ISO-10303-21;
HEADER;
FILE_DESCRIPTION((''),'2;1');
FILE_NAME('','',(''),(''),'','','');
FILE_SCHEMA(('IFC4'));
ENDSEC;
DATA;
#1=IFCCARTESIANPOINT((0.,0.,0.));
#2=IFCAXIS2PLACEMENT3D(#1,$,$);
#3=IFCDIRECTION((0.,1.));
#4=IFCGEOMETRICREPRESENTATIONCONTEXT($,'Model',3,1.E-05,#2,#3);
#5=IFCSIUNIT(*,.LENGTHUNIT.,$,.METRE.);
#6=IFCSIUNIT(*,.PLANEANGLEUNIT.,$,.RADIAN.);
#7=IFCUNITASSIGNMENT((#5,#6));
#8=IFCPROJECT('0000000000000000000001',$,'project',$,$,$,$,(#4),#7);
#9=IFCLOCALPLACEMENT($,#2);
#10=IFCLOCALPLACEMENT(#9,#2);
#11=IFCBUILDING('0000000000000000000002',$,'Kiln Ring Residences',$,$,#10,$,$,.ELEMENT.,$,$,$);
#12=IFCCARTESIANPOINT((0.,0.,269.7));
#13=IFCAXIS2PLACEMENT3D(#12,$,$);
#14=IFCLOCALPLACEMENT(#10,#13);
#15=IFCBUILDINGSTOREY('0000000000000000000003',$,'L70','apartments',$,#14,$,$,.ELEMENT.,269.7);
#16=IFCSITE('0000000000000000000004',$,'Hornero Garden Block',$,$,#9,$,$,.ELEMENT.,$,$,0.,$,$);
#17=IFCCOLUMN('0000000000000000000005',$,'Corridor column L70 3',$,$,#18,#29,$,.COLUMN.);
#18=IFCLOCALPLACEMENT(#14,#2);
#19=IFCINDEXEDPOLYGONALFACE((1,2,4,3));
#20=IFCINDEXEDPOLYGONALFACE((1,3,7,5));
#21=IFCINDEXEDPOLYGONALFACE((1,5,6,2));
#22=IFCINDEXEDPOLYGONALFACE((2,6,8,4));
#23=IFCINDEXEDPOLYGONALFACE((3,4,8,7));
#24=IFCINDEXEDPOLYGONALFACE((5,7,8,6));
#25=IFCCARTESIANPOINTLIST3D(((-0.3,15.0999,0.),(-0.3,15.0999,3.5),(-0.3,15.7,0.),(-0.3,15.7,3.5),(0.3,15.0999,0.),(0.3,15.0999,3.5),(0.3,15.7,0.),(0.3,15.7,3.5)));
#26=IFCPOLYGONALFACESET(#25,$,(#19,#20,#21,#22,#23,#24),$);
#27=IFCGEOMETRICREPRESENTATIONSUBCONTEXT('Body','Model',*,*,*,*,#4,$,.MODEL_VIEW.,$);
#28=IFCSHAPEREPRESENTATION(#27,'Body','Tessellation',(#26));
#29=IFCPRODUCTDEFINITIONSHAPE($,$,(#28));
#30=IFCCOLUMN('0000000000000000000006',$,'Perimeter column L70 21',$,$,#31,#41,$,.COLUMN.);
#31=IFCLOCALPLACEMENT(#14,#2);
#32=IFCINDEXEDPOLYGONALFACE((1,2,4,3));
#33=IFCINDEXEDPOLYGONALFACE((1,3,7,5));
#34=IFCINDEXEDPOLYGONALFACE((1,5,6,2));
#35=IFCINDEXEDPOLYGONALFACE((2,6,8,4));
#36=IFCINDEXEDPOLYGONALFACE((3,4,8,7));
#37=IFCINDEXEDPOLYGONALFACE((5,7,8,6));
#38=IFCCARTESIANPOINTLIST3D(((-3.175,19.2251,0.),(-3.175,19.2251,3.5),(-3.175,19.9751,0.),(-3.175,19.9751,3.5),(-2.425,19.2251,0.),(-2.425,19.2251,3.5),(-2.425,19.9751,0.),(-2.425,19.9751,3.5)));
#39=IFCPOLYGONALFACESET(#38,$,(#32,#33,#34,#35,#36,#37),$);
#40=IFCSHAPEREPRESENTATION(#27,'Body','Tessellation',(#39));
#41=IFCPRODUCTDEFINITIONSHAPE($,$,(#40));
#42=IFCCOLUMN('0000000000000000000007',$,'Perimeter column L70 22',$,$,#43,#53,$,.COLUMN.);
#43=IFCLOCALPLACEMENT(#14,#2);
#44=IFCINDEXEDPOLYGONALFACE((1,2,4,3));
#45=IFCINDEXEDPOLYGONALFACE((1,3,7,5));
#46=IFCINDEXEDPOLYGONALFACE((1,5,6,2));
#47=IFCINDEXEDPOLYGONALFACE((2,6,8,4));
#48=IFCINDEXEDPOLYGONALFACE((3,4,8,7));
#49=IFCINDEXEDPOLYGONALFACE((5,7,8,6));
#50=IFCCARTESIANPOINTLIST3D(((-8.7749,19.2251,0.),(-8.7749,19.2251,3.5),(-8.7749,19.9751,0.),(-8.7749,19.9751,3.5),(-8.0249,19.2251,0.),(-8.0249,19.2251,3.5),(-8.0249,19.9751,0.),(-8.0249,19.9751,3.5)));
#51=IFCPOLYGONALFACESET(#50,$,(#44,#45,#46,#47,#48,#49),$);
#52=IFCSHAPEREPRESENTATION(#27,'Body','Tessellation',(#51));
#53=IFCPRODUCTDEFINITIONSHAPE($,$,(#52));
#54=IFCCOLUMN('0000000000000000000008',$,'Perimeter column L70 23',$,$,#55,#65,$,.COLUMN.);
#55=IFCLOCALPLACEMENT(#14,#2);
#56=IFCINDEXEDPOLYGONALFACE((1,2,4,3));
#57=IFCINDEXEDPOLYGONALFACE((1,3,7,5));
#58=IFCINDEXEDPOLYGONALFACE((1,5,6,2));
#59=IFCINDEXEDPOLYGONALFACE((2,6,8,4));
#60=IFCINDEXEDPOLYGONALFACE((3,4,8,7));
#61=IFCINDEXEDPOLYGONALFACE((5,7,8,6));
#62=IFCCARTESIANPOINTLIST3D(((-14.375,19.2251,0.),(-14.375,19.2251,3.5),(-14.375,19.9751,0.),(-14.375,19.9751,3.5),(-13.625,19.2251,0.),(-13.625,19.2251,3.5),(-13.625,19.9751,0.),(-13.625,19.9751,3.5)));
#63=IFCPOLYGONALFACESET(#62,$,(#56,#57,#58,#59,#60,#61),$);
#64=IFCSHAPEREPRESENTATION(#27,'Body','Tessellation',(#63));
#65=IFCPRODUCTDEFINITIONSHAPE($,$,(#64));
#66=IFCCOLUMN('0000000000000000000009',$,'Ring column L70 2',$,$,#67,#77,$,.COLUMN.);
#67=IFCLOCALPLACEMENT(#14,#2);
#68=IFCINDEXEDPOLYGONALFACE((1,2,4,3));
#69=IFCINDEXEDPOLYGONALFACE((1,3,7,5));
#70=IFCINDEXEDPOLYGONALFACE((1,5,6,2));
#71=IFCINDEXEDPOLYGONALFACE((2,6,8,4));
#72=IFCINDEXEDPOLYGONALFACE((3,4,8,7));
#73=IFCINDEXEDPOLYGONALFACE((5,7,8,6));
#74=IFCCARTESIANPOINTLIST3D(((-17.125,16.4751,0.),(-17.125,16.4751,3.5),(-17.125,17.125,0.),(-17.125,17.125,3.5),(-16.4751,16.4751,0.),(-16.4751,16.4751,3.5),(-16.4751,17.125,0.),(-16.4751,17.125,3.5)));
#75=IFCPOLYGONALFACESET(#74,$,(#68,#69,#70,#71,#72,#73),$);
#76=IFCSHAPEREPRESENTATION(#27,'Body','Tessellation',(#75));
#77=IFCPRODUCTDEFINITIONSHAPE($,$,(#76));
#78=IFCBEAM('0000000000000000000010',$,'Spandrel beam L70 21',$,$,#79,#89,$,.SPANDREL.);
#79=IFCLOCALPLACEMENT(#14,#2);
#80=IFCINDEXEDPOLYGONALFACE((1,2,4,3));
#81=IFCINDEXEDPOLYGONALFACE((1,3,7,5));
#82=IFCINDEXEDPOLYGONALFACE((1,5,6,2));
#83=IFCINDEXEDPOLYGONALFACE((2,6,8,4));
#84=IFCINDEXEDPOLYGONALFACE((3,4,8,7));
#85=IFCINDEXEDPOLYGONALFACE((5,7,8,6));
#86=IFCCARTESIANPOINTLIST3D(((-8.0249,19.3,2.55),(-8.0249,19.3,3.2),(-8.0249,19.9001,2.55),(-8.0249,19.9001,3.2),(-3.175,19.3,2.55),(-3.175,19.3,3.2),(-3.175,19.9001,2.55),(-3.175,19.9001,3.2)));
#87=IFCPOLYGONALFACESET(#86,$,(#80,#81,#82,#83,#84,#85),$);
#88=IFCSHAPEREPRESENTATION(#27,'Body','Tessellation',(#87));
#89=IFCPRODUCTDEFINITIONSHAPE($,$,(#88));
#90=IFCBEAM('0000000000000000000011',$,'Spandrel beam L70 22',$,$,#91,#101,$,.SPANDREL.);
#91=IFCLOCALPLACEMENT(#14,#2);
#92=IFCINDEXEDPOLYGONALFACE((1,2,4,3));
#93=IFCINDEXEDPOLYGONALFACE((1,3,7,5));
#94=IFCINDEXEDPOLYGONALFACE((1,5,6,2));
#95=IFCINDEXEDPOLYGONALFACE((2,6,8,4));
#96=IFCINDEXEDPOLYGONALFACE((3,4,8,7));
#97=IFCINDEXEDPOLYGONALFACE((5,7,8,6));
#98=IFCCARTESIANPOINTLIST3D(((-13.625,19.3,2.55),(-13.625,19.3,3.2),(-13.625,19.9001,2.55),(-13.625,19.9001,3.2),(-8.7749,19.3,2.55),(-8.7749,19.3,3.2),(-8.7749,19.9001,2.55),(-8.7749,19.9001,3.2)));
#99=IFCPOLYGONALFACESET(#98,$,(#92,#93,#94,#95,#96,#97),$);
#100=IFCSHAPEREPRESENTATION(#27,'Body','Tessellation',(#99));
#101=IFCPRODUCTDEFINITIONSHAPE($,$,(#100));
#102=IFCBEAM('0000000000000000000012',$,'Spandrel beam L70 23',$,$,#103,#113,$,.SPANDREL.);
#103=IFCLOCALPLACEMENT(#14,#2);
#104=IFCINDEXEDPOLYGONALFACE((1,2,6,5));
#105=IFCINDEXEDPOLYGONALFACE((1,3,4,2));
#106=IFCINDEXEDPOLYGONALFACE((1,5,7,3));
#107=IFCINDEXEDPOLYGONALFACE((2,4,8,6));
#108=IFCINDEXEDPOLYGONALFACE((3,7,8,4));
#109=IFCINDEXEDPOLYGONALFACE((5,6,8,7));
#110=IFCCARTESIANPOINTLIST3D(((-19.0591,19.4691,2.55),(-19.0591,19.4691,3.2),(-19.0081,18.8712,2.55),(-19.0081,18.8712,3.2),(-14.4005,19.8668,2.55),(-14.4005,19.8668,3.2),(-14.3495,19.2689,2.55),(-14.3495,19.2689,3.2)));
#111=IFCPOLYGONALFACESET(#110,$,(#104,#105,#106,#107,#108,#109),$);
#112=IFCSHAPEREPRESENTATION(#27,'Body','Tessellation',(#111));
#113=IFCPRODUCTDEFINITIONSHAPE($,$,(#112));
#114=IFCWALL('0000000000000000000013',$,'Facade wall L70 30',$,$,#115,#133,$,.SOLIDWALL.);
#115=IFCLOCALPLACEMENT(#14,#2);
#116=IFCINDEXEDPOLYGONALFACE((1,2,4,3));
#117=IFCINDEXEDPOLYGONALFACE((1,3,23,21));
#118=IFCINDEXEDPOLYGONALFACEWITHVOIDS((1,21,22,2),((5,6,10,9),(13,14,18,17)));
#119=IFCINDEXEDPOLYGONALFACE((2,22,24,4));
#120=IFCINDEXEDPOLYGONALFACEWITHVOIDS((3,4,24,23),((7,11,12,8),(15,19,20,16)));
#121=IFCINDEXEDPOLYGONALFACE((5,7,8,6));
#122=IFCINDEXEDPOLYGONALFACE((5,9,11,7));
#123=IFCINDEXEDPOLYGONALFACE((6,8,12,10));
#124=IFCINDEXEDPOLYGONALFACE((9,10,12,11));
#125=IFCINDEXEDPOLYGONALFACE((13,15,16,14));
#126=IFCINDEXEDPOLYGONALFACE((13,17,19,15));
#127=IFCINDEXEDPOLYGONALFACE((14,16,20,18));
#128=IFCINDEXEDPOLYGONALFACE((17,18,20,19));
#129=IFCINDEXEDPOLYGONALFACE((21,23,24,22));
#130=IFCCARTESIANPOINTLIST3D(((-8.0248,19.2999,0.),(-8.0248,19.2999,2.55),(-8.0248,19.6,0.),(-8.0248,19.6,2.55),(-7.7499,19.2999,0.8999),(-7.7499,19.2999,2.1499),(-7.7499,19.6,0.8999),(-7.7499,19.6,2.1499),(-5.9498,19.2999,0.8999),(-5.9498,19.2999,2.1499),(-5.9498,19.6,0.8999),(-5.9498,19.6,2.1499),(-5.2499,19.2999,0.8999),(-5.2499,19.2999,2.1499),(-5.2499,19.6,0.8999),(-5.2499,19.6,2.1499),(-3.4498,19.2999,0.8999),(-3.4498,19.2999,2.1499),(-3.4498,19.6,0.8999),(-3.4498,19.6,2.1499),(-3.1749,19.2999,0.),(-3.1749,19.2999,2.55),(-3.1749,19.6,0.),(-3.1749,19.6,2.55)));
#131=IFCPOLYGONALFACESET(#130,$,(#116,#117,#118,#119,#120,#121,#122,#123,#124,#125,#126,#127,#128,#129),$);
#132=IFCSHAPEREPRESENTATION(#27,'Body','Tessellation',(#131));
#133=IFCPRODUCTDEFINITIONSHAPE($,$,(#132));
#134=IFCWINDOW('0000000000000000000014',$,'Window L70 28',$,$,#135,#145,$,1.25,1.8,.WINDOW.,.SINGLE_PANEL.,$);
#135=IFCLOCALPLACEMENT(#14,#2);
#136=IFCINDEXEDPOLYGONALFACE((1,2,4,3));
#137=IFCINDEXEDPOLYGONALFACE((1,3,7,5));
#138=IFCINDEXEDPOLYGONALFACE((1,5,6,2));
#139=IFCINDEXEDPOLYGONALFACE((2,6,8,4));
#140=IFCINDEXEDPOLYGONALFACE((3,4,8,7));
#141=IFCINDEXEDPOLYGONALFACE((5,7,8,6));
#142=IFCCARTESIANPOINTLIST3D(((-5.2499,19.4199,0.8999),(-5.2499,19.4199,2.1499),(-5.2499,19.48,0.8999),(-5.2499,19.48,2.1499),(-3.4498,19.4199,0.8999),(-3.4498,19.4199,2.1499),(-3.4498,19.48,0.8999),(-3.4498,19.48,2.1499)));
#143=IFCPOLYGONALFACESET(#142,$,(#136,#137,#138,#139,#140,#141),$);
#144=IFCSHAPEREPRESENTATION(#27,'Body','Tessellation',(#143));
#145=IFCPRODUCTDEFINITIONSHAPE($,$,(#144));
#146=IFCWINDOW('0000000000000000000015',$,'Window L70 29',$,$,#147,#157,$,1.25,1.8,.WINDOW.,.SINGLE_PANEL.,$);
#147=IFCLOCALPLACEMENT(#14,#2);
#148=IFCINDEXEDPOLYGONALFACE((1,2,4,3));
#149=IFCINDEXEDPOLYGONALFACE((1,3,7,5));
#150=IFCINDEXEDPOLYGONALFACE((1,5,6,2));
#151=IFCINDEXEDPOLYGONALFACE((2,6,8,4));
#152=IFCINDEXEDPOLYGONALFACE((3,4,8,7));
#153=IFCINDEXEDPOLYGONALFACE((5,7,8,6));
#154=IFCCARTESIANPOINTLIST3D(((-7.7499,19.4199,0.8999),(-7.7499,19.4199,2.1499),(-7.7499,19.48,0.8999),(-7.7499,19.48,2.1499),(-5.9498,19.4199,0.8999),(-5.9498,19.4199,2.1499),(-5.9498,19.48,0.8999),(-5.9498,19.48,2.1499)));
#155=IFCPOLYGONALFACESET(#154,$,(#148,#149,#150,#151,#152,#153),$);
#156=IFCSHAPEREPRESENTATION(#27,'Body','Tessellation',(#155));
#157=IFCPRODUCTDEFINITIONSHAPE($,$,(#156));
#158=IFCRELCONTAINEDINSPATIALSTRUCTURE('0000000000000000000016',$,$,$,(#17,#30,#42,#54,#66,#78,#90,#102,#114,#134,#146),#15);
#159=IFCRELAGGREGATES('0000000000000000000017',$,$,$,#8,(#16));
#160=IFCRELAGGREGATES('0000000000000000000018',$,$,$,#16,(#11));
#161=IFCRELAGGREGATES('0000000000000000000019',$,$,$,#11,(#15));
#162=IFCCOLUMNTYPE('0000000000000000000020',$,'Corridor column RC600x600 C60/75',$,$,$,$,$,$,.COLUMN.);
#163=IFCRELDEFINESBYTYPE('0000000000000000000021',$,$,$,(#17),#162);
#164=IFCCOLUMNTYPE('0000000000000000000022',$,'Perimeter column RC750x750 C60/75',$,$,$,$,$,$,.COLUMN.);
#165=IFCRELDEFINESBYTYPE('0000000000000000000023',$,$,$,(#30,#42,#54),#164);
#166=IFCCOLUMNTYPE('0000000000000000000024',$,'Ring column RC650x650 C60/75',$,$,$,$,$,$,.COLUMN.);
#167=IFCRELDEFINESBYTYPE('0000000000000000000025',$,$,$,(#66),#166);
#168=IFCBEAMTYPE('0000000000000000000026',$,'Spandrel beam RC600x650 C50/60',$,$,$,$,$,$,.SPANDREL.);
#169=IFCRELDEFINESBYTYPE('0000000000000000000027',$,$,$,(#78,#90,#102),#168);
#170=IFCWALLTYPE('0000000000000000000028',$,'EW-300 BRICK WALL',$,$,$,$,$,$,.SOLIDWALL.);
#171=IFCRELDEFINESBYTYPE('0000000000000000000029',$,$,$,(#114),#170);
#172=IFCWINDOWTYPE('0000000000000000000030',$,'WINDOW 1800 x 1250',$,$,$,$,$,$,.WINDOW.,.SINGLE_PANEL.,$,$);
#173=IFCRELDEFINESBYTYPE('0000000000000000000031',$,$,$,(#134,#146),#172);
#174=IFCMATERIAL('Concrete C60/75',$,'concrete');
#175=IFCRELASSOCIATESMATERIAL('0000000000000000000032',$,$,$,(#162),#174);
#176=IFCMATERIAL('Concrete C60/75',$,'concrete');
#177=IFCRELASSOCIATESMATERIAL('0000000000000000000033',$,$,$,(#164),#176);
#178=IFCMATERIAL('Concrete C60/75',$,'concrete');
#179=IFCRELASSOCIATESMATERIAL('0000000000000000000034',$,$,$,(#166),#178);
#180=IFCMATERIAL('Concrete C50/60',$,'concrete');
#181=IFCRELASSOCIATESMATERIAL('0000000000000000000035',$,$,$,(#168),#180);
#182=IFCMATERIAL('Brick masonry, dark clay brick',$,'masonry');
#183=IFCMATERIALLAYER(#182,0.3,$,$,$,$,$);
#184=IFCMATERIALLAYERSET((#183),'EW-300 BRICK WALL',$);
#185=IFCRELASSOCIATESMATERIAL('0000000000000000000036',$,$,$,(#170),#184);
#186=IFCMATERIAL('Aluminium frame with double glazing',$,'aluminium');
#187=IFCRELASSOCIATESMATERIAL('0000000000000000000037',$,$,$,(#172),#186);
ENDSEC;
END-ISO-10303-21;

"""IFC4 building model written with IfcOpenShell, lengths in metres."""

from ifc_helpers import new_model, si_unit, direction, frame, frame_2d, origin, origin_2d, place, context, subcontext, project, spatial, rectangle, extrude, material, layer, layer_set, material_profile, profile_set, type_object, element, fill, save


model = new_model("IFC4")

# Units and contexts
model_context = context("Model", 3, precision=1e-05, world=origin(), true_north=direction((0.0, 1.0)))
body_context = subcontext(model_context, "Body", "Model", "MODEL_VIEW")
ifc_project = project(units=[si_unit("LENGTHUNIT", "METRE"), si_unit("PLANEANGLEUNIT", "RADIAN")], contexts=[model_context])

# Site, building, storey
site_placement = place(None, origin())
site = spatial("IfcSite", under=ifc_project, at=site_placement, Name="Hornero Garden Block", CompositionType="ELEMENT", RefElevation=0.0)
building_placement = place(site_placement, origin())
building = spatial("IfcBuilding", under=site, at=building_placement, Name="Kiln Ring Residences", CompositionType="ELEMENT")
storey_placement = place(building_placement, frame((0.0, 0.0, 269.7)))
storey = spatial("IfcBuildingStorey", under=building, at=storey_placement, Name="L70", Description="apartments", CompositionType="ELEMENT", Elevation=269.7)

# Columns
ifc_material_1 = material(Name="Concrete C60/75", Category="concrete")
ifc_material_profile_1 = material_profile(ifc_material_1, rectangle(XDim=0.6001, YDim=0.6001, at=origin_2d()), Name="RC600x600")
ifc_profile_set_1 = profile_set([ifc_material_profile_1], Name="Concrete C60/75")
column_type_1 = type_object("IfcColumnType", Name="Corridor column RC600x600 C60/75", PredefinedType="COLUMN", material=ifc_profile_set_1)
column_1_placement = place(storey_placement, frame((0.0, 15.3999, 0.0), z_axis=(0.0, 0.0, 1.0), x_axis=(1.0, 0.0, 0.0)))
element("IfcColumn", 1, at=column_1_placement, inside=storey, type_object=column_type_1, Name="Corridor column L70 3", PredefinedType="COLUMN", context=body_context, shape_type="SweptSolid", body=[
    extrude(rectangle(XDim=0.6001, YDim=0.6001, at=origin_2d()), origin(), (0.0, 0.0, 1.0), 3.5),
])
ifc_material_2 = material(Name="Concrete C60/75", Category="concrete")
ifc_material_profile_2 = material_profile(ifc_material_2, rectangle(XDim=0.75, YDim=0.75, at=origin_2d()), Name="RC750x750")
ifc_profile_set_2 = profile_set([ifc_material_profile_2], Name="Concrete C60/75")
column_type_2 = type_object("IfcColumnType", Name="Perimeter column RC750x750 C60/75", PredefinedType="COLUMN", material=ifc_profile_set_2)
for number, where, z_axis, x_axis, name in (
    (2, (-2.8, 19.6001, 0.0), (0.0, 0.0, 1.0), (1.0, 0.0, 0.0), "Perimeter column L70 21"),
    (3, (-8.3999, 19.6001, 0.0), (0.0, 0.0, 1.0), (1.0, 0.0, 0.0), "Perimeter column L70 22"),
    (4, (-14.0, 19.6001, 0.0), (0.0, 0.0, 1.0), (1.0, 0.0, 0.0), "Perimeter column L70 23"),
):
    element("IfcColumn", number, at=place(storey_placement, frame(where, z_axis=z_axis, x_axis=x_axis)), inside=storey, type_object=column_type_2, Name=name, PredefinedType="COLUMN", context=body_context, shape_type="SweptSolid", body=[
        extrude(rectangle(XDim=0.75, YDim=0.75, at=origin_2d()), origin(), (0.0, 0.0, 1.0), 3.5),
    ])
ifc_material_3 = material(Name="Concrete C60/75", Category="concrete")
ifc_material_profile_3 = material_profile(ifc_material_3, rectangle(XDim=0.6499, YDim=0.6499, at=origin_2d()), Name="RC650x650")
ifc_profile_set_3 = profile_set([ifc_material_profile_3], Name="Concrete C60/75")
column_type_3 = type_object("IfcColumnType", Name="Ring column RC650x650 C60/75", PredefinedType="COLUMN", material=ifc_profile_set_3)
column_2_placement = place(storey_placement, frame((-16.8, 16.8, 0.0), z_axis=(0.0, 0.0, 1.0), x_axis=(1.0, 0.0, 0.0)))
element("IfcColumn", 5, at=column_2_placement, inside=storey, type_object=column_type_3, Name="Ring column L70 2", PredefinedType="COLUMN", context=body_context, shape_type="SweptSolid", body=[
    extrude(rectangle(XDim=0.6499, YDim=0.6499, at=origin_2d()), origin(), (0.0, 0.0, 1.0), 3.5),
])

# Beams
ifc_material_4 = material(Name="Concrete C50/60", Category="concrete")
ifc_material_profile_4 = material_profile(ifc_material_4, rectangle(XDim=0.6001, YDim=0.6499, at=origin_2d()), Name="RC600x650")
ifc_profile_set_4 = profile_set([ifc_material_profile_4], Name="Concrete C50/60")
beam_type = type_object("IfcBeamType", Name="Spandrel beam RC600x650 C50/60", PredefinedType="SPANDREL", material=ifc_profile_set_4)
beam_1_placement = place(storey_placement, frame((-3.175, 19.6001, 2.875), z_axis=(-1.0, 0.0, 0.0), x_axis=(0.0, -1.0, 0.0)))
element("IfcBeam", 6, at=beam_1_placement, inside=storey, type_object=beam_type, Name="Spandrel beam L70 21", PredefinedType="SPANDREL", context=body_context, shape_type="SweptSolid", body=[
    extrude(rectangle(XDim=0.6001, YDim=0.6499, at=origin_2d()), origin(), (0.0, 0.0, 1.0), 4.8499),
])
beam_2_placement = place(storey_placement, frame((-8.7749, 19.6001, 2.875), z_axis=(-1.0, 0.0, 0.0), x_axis=(0.0, -1.0, 0.0)))
element("IfcBeam", 7, at=beam_2_placement, inside=storey, type_object=beam_type, Name="Spandrel beam L70 22", PredefinedType="SPANDREL", context=body_context, shape_type="SweptSolid", body=[
    extrude(rectangle(XDim=0.6001, YDim=0.6499, at=origin_2d()), origin(), (0.0, 0.0, 1.0), 4.8501),
])
beam_3_placement = place(storey_placement, frame((-14.375, 19.5679, 2.875), z_axis=(-0.996376, -0.085059, 0.0), x_axis=(0.085059, -0.996376, 0.0)))
element("IfcBeam", 8, at=beam_3_placement, inside=storey, type_object=beam_type, Name="Spandrel beam L70 23", PredefinedType="SPANDREL", context=body_context, shape_type="SweptSolid", body=[
    extrude(rectangle(XDim=0.6001, YDim=0.6499, at=origin_2d()), origin(), (0.0, 0.0, 1.0), 4.6755),
])

# Wall, openings, windows
ifc_material_5 = material(Name="Brick masonry, dark clay brick", Category="masonry")
ifc_layer_1 = layer(ifc_material_5, 0.3)
ifc_layer_set_1 = layer_set([ifc_layer_1], Name="EW-300 BRICK WALL")
wall_type_1 = type_object("IfcWallType", Name="EW-300 BRICK WALL", PredefinedType="SOLIDWALL", material=ifc_layer_set_1)
wall_1_placement = place(storey_placement, frame((-3.175, 19.45, 0.0), z_axis=(0.0, 0.0, 1.0), x_axis=(-1.0, 0.0, 0.0)))
wall_1 = element("IfcWall", 9, at=wall_1_placement, inside=storey, type_object=wall_type_1, Name="Facade wall L70 30", PredefinedType="SOLIDWALL", context=body_context, shape_type="SweptSolid", body=[
    extrude(rectangle(XDim=4.8499, YDim=0.3, at=frame_2d((2.4248, 0.0))), origin(), (0.0, 0.0, 1.0), 2.55),
])
opening_1_placement = place(wall_1_placement, frame((0.2749, 0.0, 0.8999)))
opening_1 = element("IfcOpeningElement", 10, at=opening_1_placement, cuts=wall_1, PredefinedType="OPENING", context=body_context, shape_type="SweptSolid", body=[
    extrude(rectangle(XDim=1.8, YDim=1.25, at=frame_2d((0.8999, 0.625))), frame((0.0, 0.1599, 0.0), z_axis=(0.0, -1.0, 0.0), x_axis=(1.0, 0.0, 0.0)), (0.0, 0.0, 1.0), 0.3201),
])
opening_2_placement = place(wall_1_placement, frame((2.7749, 0.0, 0.8999)))
opening_2 = element("IfcOpeningElement", 11, at=opening_2_placement, cuts=wall_1, PredefinedType="OPENING", context=body_context, shape_type="SweptSolid", body=[
    extrude(rectangle(XDim=1.8, YDim=1.25, at=frame_2d((0.8999, 0.625))), frame((0.0, 0.1599, 0.0), z_axis=(0.0, -1.0, 0.0), x_axis=(1.0, 0.0, 0.0)), (0.0, 0.0, 1.0), 0.3201),
])
ifc_material_6 = material(Name="Aluminium frame with double glazing", Category="aluminium")
window_type_1 = type_object("IfcWindowType", Name="WINDOW 1800 x 1250", PartitioningType="SINGLE_PANEL", PredefinedType="WINDOW", material=ifc_material_6)
window_1_placement = place(opening_1_placement, origin())
window_1 = element("IfcWindow", 12, at=window_1_placement, inside=storey, type_object=window_type_1, Name="Window L70 28", OverallHeight=1.25, OverallWidth=1.8, PartitioningType="SINGLE_PANEL", PredefinedType="WINDOW", context=body_context, shape_type="SweptSolid", body=[
    extrude(rectangle(XDim=1.8, YDim=1.25, at=frame_2d((0.8999, 0.625))), frame((0.0, 0.03, 0.0), z_axis=(0.0, -1.0, 0.0), x_axis=(1.0, 0.0, 0.0)), (0.0, 0.0, 1.0), 0.0601),
])
fill(opening_1, window_1)
window_2_placement = place(opening_2_placement, origin())
window_2 = element("IfcWindow", 13, at=window_2_placement, inside=storey, type_object=window_type_1, Name="Window L70 29", OverallHeight=1.25, OverallWidth=1.8, PartitioningType="SINGLE_PANEL", PredefinedType="WINDOW", context=body_context, shape_type="SweptSolid", body=[
    extrude(rectangle(XDim=1.8, YDim=1.25, at=frame_2d((0.8999, 0.625))), frame((0.0, 0.03, 0.0), z_axis=(0.0, -1.0, 0.0), x_axis=(1.0, 0.0, 0.0)), (0.0, 0.0, 1.0), 0.0601),
])
fill(opening_2, window_2)

save(model, "model.ifc")
